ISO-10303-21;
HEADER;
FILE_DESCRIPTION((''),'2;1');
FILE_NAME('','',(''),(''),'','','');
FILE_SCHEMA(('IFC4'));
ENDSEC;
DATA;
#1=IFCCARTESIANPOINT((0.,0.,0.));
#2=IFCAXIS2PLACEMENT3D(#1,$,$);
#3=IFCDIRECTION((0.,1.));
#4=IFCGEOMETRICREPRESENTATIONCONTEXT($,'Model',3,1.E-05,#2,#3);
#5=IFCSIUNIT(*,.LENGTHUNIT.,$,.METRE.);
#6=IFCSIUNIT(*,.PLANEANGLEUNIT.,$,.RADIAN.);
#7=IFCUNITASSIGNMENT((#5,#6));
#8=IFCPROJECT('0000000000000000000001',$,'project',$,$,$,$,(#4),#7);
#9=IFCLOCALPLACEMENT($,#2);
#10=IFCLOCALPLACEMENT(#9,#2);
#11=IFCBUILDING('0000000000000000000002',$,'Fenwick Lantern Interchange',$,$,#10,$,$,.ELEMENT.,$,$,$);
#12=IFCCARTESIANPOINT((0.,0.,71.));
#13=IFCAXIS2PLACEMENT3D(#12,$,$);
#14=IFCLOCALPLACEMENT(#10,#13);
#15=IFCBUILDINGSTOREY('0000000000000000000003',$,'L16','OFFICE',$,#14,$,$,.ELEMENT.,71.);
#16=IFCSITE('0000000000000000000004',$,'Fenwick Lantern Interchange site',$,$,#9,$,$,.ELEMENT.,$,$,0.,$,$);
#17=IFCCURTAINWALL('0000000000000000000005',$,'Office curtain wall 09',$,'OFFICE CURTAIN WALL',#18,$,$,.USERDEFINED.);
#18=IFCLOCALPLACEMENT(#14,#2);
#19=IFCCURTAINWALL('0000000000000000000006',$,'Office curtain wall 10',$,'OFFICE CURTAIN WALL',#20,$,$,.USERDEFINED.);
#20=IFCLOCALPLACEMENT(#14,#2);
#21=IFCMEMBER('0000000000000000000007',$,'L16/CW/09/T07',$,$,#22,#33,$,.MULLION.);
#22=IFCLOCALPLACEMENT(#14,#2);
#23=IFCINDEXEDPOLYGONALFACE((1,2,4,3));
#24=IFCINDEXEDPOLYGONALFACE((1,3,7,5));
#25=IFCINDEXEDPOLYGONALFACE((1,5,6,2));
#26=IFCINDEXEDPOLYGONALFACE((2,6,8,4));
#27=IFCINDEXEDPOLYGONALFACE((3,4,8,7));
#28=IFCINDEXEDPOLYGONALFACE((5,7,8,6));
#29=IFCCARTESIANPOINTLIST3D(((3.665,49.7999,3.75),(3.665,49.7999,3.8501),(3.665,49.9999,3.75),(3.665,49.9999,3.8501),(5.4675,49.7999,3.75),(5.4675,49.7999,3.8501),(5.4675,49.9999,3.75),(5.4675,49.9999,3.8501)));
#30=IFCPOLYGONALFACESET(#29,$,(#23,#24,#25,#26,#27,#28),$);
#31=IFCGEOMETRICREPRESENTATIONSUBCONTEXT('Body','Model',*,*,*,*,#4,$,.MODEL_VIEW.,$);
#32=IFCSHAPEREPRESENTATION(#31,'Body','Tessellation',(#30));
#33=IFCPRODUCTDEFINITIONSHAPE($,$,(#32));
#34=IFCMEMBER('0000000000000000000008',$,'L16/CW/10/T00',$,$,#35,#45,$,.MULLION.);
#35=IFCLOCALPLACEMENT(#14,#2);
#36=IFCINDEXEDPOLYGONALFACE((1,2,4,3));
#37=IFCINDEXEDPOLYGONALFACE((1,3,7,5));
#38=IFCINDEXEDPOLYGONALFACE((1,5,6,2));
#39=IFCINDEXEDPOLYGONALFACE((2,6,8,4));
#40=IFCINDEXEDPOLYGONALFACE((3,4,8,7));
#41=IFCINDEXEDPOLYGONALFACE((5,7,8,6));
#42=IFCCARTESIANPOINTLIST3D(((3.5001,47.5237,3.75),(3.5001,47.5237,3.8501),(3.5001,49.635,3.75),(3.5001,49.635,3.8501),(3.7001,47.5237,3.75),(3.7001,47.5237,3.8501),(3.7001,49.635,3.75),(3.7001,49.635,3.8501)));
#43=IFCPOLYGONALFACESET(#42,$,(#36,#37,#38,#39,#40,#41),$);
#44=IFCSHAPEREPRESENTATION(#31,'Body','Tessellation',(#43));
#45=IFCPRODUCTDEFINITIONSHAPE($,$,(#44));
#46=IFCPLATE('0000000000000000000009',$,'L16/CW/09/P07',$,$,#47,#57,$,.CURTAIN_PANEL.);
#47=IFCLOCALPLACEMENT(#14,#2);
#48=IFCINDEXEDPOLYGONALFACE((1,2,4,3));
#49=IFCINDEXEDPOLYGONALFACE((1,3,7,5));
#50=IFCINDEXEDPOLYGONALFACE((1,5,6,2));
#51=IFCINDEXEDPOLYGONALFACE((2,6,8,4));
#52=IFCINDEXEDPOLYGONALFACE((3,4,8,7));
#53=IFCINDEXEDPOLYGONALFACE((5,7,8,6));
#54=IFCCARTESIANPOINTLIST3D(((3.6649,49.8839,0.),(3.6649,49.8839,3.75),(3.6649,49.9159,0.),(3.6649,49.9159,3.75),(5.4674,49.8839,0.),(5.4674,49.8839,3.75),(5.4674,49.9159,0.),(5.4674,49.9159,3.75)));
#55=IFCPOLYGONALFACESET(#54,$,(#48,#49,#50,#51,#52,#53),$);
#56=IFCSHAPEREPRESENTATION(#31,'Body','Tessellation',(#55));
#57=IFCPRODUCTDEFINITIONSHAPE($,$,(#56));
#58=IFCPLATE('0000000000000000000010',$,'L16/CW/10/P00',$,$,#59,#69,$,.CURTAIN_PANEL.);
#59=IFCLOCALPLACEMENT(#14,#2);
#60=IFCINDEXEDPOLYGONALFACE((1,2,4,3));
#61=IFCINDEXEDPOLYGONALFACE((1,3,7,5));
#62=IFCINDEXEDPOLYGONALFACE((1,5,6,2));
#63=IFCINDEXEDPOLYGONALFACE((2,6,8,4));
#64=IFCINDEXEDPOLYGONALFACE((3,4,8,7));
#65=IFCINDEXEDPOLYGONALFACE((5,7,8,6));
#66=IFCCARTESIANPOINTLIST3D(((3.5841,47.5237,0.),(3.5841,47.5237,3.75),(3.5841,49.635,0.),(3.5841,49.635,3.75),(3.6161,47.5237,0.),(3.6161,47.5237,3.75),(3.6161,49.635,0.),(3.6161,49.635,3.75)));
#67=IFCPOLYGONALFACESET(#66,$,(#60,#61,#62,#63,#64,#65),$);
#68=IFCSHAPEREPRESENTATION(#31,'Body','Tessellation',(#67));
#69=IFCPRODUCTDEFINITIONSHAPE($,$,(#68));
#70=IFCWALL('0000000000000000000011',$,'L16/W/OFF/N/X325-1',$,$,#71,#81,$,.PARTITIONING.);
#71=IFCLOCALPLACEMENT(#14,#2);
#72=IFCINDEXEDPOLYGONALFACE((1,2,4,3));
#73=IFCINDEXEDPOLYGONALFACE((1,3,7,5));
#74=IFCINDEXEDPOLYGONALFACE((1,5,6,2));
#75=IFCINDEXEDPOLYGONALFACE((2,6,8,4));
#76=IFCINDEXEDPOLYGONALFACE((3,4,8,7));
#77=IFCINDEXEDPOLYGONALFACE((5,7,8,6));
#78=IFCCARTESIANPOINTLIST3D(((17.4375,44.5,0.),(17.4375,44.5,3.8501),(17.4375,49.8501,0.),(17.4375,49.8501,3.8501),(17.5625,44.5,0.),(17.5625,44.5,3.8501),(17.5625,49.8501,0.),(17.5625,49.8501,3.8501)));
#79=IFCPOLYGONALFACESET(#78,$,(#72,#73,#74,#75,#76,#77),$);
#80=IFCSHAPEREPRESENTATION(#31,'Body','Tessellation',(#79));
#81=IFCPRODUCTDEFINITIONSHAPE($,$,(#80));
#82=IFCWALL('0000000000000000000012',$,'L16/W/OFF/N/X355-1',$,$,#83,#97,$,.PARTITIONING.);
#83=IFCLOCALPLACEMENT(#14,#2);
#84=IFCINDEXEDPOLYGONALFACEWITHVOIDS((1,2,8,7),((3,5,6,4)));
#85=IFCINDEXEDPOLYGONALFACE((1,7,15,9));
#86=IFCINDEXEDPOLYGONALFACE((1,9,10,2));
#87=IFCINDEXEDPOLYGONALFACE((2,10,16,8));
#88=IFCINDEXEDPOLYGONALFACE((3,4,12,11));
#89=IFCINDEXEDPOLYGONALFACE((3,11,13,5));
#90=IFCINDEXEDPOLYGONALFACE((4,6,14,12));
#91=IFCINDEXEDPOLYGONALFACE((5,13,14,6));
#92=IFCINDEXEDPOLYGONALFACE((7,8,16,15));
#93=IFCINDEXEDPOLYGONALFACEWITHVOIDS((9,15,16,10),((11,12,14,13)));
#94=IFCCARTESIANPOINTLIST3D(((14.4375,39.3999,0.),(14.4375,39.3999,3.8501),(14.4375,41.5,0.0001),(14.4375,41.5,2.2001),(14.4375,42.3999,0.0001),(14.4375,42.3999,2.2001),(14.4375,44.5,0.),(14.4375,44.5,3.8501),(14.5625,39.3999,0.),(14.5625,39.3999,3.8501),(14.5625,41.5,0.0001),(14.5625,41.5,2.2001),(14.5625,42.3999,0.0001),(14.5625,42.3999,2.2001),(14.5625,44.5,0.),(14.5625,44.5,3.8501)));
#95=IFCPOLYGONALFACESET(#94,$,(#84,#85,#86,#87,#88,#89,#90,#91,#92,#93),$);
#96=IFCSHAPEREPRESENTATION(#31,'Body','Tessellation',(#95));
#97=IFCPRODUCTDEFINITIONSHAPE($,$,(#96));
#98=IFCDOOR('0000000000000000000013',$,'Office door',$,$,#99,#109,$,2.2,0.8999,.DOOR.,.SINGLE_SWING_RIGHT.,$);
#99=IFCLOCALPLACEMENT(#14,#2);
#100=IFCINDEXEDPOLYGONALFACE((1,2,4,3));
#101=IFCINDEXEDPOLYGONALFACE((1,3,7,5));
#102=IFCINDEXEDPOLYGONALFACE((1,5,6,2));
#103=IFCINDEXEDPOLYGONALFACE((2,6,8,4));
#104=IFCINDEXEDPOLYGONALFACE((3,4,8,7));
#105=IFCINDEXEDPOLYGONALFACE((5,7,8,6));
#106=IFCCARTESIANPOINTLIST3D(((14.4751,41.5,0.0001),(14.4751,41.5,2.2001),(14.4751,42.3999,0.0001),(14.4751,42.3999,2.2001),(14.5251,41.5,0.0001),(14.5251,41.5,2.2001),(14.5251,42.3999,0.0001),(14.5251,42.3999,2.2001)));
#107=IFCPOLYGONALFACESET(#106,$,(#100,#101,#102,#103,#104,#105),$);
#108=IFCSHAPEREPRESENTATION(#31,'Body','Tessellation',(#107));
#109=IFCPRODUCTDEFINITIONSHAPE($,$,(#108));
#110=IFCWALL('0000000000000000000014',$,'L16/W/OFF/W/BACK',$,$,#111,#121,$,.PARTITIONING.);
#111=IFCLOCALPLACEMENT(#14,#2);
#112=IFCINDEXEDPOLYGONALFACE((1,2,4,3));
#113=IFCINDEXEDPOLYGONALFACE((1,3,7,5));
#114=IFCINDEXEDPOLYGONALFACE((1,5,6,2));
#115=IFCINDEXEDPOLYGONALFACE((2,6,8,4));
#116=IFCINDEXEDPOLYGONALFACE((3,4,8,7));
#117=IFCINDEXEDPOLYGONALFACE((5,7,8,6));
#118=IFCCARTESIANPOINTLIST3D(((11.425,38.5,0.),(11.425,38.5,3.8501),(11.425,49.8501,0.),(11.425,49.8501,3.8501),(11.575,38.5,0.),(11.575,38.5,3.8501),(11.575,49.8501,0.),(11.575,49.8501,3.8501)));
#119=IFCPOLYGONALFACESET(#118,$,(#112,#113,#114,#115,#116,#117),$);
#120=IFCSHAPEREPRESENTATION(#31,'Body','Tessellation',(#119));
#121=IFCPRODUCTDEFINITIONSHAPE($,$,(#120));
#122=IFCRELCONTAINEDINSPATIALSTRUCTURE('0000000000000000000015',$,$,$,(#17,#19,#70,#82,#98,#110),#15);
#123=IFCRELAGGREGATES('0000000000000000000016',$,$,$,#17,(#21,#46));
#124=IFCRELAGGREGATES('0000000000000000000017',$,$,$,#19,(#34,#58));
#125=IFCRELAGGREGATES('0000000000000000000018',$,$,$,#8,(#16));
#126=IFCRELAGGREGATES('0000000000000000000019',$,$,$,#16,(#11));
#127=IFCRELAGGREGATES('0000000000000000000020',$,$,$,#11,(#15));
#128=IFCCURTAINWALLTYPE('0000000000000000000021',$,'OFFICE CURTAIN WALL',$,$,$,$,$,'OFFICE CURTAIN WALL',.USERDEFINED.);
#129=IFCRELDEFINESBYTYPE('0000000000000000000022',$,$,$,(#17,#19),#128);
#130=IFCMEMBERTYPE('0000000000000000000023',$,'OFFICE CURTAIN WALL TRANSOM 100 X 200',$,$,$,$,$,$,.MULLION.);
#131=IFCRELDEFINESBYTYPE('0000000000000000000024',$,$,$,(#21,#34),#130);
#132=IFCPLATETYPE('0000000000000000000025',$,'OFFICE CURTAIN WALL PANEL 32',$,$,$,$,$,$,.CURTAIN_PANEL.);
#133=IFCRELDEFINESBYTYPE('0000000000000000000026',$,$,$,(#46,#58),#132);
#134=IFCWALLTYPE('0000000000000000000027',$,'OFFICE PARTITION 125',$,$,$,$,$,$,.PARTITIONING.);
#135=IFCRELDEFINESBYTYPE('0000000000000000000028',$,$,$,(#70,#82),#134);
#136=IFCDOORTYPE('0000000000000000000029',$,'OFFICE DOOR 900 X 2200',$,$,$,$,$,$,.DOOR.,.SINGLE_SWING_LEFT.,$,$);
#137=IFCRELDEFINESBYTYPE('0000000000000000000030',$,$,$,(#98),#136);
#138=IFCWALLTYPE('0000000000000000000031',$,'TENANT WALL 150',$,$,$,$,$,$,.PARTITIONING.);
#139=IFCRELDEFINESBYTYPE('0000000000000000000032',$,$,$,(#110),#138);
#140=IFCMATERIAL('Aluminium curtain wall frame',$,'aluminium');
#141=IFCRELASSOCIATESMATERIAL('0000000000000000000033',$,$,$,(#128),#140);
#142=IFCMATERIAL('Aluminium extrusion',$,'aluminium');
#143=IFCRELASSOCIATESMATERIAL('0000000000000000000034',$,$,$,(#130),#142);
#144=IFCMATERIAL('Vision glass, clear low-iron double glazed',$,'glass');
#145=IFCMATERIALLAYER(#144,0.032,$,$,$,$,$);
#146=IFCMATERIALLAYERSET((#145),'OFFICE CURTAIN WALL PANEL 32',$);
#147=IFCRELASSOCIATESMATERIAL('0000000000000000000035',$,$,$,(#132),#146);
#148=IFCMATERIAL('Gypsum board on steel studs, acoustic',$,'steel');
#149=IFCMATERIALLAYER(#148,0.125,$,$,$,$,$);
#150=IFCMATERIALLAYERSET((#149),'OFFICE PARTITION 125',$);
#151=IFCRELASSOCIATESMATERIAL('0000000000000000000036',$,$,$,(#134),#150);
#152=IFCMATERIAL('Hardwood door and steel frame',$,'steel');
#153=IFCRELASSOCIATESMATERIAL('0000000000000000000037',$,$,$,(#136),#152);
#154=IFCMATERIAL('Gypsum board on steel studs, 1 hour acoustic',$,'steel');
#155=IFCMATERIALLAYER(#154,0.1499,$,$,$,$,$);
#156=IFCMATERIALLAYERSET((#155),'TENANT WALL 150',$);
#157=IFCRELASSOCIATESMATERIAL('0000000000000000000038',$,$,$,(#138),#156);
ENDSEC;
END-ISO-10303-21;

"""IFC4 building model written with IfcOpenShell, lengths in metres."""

from ifc_helpers import new_model, si_unit, direction, frame, frame_2d, origin, origin_2d, place, context, subcontext, project, spatial, rectangle, extrude, material, layer, layer_set, material_profile, profile_set, type_object, element, fill, aggregate, save


model = new_model("IFC4")

# Units and contexts
model_context = context("Model", 3, precision=1e-05, world=origin(), true_north=direction((0.0, 1.0)))
body_context = subcontext(model_context, "Body", "Model", "MODEL_VIEW")
ifc_project = project(units=[si_unit("LENGTHUNIT", "METRE"), si_unit("PLANEANGLEUNIT", "RADIAN")], contexts=[model_context])

# Site, building, storey
site_placement = place(None, origin())
site = spatial("IfcSite", under=ifc_project, at=site_placement, Name="Fenwick Lantern Interchange site", CompositionType="ELEMENT", RefElevation=0.0)
building_placement = place(site_placement, origin())
building = spatial("IfcBuilding", under=site, at=building_placement, Name="Fenwick Lantern Interchange", CompositionType="ELEMENT")
storey_placement = place(building_placement, frame((0.0, 0.0, 71.0)))
storey = spatial("IfcBuildingStorey", under=building, at=storey_placement, Name="L16", Description="OFFICE", CompositionType="ELEMENT", Elevation=71.0)

# Curtain walls
ifc_material_1 = material(Name="Aluminium curtain wall frame", Category="aluminium")
curtain_wall_type = type_object("IfcCurtainWallType", Name="OFFICE CURTAIN WALL", ElementType="OFFICE CURTAIN WALL", PredefinedType="USERDEFINED", material=ifc_material_1)
curtain_wall_1_placement = place(storey_placement, origin())
curtain_wall_1 = element("IfcCurtainWall", 1, at=curtain_wall_1_placement, inside=storey, type_object=curtain_wall_type, Name="Office curtain wall 09", ObjectType="OFFICE CURTAIN WALL", PredefinedType="USERDEFINED")
ifc_material_2 = material(Name="Aluminium extrusion", Category="aluminium")
curtain_wall_2_placement = place(storey_placement, origin())
curtain_wall_2 = element("IfcCurtainWall", 2, at=curtain_wall_2_placement, inside=storey, type_object=curtain_wall_type, Name="Office curtain wall 10", ObjectType="OFFICE CURTAIN WALL", PredefinedType="USERDEFINED")

# Members
ifc_material_profile_1 = material_profile(ifc_material_2, rectangle(XDim=0.2, YDim=0.1001, at=origin_2d()), Name="OFFICE CURTAIN WALL TRANSOM 100 X 200")
ifc_profile_set_1 = profile_set([ifc_material_profile_1], Name="Aluminium extrusion")
member_type_1 = type_object("IfcMemberType", Name="OFFICE CURTAIN WALL TRANSOM 100 X 200", PredefinedType="MULLION", material=ifc_profile_set_1)
member_1_placement = place(storey_placement, frame((5.4675, 49.8999, 3.8), z_axis=(-1.0, 0.0, 0.0), x_axis=(0.0, -1.0, 0.0)))
member_1 = element("IfcMember", 3, at=member_1_placement, type_object=member_type_1, Name="L16/CW/09/T07", PredefinedType="MULLION", context=body_context, shape_type="SweptSolid", body=[
    extrude(rectangle(XDim=0.2, YDim=0.1001, at=origin_2d()), origin(), (0.0, 0.0, 1.0), 1.8025),
])
member_2_placement = place(storey_placement, frame((3.6001, 49.635, 3.8), z_axis=(0.0, -1.0, 0.0), x_axis=(1.0, 0.0, 0.0)))
member_2 = element("IfcMember", 4, at=member_2_placement, type_object=member_type_1, Name="L16/CW/10/T00", PredefinedType="MULLION", context=body_context, shape_type="SweptSolid", body=[
    extrude(rectangle(XDim=0.2, YDim=0.1001, at=origin_2d()), origin(), (0.0, 0.0, 1.0), 2.1113),
])

# Plates
ifc_material_3 = material(Name="Vision glass, clear low-iron double glazed", Category="glass")
ifc_layer_1 = layer(ifc_material_3, 0.032)
ifc_layer_set_1 = layer_set([ifc_layer_1], Name="OFFICE CURTAIN WALL PANEL 32")
plate_type = type_object("IfcPlateType", Name="OFFICE CURTAIN WALL PANEL 32", PredefinedType="CURTAIN_PANEL", material=ifc_layer_set_1)
plate_1_placement = place(storey_placement, frame((4.5662, 49.8999, 0.0), z_axis=(0.0, 0.0, 1.0), x_axis=(-1.0, 0.0, 0.0)))
plate_1 = element("IfcPlate", 5, at=plate_1_placement, type_object=plate_type, Name="L16/CW/09/P07", PredefinedType="CURTAIN_PANEL", context=body_context, shape_type="SweptSolid", body=[
    extrude(rectangle(XDim=1.8025, YDim=0.032, at=origin_2d()), origin(), (0.0, 0.0, 1.0), 3.75),
])
aggregate(curtain_wall_1, [member_1, plate_1])
plate_2_placement = place(storey_placement, frame((3.6001, 48.5793, 0.0), z_axis=(0.0, 0.0, 1.0), x_axis=(0.0, -1.0, 0.0)))
plate_2 = element("IfcPlate", 6, at=plate_2_placement, type_object=plate_type, Name="L16/CW/10/P00", PredefinedType="CURTAIN_PANEL", context=body_context, shape_type="SweptSolid", body=[
    extrude(rectangle(XDim=2.1113, YDim=0.032, at=origin_2d()), origin(), (0.0, 0.0, 1.0), 3.75),
])
aggregate(curtain_wall_2, [member_2, plate_2])

# Wall
ifc_material_4 = material(Name="Gypsum board on steel studs, acoustic", Category="steel")
ifc_layer_2 = layer(ifc_material_4, 0.125)
ifc_layer_set_2 = layer_set([ifc_layer_2], Name="OFFICE PARTITION 125")
wall_type_1 = type_object("IfcWallType", Name="OFFICE PARTITION 125", PredefinedType="PARTITIONING", material=ifc_layer_set_2)
wall_1_placement = place(storey_placement, frame((17.5, 49.8501, 0.0), z_axis=(0.0, 0.0, 1.0), x_axis=(0.0, -1.0, 0.0)))
element("IfcWall", 7, at=wall_1_placement, inside=storey, type_object=wall_type_1, Name="L16/W/OFF/N/X325-1", PredefinedType="PARTITIONING", context=body_context, shape_type="SweptSolid", body=[
    extrude(rectangle(XDim=5.3501, YDim=0.125, at=frame_2d((2.675, 0.0))), origin(), (0.0, 0.0, 1.0), 3.8501),
])

# Wall, opening, door
wall_2_placement = place(storey_placement, frame((14.5, 44.5, 0.0), z_axis=(0.0, 0.0, 1.0), x_axis=(0.0, -1.0, 0.0)))
wall_2 = element("IfcWall", 8, at=wall_2_placement, inside=storey, type_object=wall_type_1, Name="L16/W/OFF/N/X355-1", PredefinedType="PARTITIONING", context=body_context, shape_type="SweptSolid", body=[
    extrude(rectangle(XDim=5.1001, YDim=0.125, at=frame_2d((2.55, 0.0))), origin(), (0.0, 0.0, 1.0), 3.8501),
])
opening_placement = place(wall_2_placement, frame((2.1001, 0.0, 0.0)))
opening = element("IfcOpeningElement", 9, at=opening_placement, cuts=wall_2, PredefinedType="OPENING", context=body_context, shape_type="SweptSolid", body=[
    extrude(rectangle(XDim=0.8999, YDim=2.2, at=frame_2d((0.45, 1.1001))), frame((0.0, 0.0725, 0.0), z_axis=(0.0, -1.0, 0.0), x_axis=(1.0, 0.0, 0.0)), (0.0, 0.0, 1.0), 0.145),
])
ifc_material_5 = material(Name="Hardwood door and steel frame", Category="steel")
door_type = type_object("IfcDoorType", Name="OFFICE DOOR 900 X 2200", OperationType="SINGLE_SWING_LEFT", PredefinedType="DOOR", material=ifc_material_5)
door_placement = place(opening_placement, frame((0.8999, 0.0, 0.0), z_axis=(0.0, 0.0, 1.0), x_axis=(-1.0, 0.0, 0.0)))
door = element("IfcDoor", 10, at=door_placement, inside=storey, type_object=door_type, Name="Office door", OperationType="SINGLE_SWING_RIGHT", OverallHeight=2.2, OverallWidth=0.8999, PredefinedType="DOOR", context=body_context, shape_type="SweptSolid", body=[
    extrude(rectangle(XDim=0.8999, YDim=2.2, at=frame_2d((0.45, 1.1001))), frame((0.0, 0.0249, 0.0), z_axis=(0.0, -1.0, 0.0), x_axis=(1.0, 0.0, 0.0)), (0.0, 0.0, 1.0), 0.05),
])
fill(opening, door)

# Wall
ifc_material_6 = material(Name="Gypsum board on steel studs, 1 hour acoustic", Category="steel")
ifc_layer_3 = layer(ifc_material_6, 0.1499)
ifc_layer_set_3 = layer_set([ifc_layer_3], Name="TENANT WALL 150")
wall_type_2 = type_object("IfcWallType", Name="TENANT WALL 150", PredefinedType="PARTITIONING", material=ifc_layer_set_3)
wall_3_placement = place(storey_placement, frame((11.5, 49.8501, 0.0), z_axis=(0.0, 0.0, 1.0), x_axis=(0.0, -1.0, 0.0)))
element("IfcWall", 11, at=wall_3_placement, inside=storey, type_object=wall_type_2, Name="L16/W/OFF/W/BACK", PredefinedType="PARTITIONING", context=body_context, shape_type="SweptSolid", body=[
    extrude(rectangle(XDim=11.3501, YDim=0.1499, at=frame_2d((5.675, 0.0))), origin(), (0.0, 0.0, 1.0), 3.8501),
])

save(model, "model.ifc")
